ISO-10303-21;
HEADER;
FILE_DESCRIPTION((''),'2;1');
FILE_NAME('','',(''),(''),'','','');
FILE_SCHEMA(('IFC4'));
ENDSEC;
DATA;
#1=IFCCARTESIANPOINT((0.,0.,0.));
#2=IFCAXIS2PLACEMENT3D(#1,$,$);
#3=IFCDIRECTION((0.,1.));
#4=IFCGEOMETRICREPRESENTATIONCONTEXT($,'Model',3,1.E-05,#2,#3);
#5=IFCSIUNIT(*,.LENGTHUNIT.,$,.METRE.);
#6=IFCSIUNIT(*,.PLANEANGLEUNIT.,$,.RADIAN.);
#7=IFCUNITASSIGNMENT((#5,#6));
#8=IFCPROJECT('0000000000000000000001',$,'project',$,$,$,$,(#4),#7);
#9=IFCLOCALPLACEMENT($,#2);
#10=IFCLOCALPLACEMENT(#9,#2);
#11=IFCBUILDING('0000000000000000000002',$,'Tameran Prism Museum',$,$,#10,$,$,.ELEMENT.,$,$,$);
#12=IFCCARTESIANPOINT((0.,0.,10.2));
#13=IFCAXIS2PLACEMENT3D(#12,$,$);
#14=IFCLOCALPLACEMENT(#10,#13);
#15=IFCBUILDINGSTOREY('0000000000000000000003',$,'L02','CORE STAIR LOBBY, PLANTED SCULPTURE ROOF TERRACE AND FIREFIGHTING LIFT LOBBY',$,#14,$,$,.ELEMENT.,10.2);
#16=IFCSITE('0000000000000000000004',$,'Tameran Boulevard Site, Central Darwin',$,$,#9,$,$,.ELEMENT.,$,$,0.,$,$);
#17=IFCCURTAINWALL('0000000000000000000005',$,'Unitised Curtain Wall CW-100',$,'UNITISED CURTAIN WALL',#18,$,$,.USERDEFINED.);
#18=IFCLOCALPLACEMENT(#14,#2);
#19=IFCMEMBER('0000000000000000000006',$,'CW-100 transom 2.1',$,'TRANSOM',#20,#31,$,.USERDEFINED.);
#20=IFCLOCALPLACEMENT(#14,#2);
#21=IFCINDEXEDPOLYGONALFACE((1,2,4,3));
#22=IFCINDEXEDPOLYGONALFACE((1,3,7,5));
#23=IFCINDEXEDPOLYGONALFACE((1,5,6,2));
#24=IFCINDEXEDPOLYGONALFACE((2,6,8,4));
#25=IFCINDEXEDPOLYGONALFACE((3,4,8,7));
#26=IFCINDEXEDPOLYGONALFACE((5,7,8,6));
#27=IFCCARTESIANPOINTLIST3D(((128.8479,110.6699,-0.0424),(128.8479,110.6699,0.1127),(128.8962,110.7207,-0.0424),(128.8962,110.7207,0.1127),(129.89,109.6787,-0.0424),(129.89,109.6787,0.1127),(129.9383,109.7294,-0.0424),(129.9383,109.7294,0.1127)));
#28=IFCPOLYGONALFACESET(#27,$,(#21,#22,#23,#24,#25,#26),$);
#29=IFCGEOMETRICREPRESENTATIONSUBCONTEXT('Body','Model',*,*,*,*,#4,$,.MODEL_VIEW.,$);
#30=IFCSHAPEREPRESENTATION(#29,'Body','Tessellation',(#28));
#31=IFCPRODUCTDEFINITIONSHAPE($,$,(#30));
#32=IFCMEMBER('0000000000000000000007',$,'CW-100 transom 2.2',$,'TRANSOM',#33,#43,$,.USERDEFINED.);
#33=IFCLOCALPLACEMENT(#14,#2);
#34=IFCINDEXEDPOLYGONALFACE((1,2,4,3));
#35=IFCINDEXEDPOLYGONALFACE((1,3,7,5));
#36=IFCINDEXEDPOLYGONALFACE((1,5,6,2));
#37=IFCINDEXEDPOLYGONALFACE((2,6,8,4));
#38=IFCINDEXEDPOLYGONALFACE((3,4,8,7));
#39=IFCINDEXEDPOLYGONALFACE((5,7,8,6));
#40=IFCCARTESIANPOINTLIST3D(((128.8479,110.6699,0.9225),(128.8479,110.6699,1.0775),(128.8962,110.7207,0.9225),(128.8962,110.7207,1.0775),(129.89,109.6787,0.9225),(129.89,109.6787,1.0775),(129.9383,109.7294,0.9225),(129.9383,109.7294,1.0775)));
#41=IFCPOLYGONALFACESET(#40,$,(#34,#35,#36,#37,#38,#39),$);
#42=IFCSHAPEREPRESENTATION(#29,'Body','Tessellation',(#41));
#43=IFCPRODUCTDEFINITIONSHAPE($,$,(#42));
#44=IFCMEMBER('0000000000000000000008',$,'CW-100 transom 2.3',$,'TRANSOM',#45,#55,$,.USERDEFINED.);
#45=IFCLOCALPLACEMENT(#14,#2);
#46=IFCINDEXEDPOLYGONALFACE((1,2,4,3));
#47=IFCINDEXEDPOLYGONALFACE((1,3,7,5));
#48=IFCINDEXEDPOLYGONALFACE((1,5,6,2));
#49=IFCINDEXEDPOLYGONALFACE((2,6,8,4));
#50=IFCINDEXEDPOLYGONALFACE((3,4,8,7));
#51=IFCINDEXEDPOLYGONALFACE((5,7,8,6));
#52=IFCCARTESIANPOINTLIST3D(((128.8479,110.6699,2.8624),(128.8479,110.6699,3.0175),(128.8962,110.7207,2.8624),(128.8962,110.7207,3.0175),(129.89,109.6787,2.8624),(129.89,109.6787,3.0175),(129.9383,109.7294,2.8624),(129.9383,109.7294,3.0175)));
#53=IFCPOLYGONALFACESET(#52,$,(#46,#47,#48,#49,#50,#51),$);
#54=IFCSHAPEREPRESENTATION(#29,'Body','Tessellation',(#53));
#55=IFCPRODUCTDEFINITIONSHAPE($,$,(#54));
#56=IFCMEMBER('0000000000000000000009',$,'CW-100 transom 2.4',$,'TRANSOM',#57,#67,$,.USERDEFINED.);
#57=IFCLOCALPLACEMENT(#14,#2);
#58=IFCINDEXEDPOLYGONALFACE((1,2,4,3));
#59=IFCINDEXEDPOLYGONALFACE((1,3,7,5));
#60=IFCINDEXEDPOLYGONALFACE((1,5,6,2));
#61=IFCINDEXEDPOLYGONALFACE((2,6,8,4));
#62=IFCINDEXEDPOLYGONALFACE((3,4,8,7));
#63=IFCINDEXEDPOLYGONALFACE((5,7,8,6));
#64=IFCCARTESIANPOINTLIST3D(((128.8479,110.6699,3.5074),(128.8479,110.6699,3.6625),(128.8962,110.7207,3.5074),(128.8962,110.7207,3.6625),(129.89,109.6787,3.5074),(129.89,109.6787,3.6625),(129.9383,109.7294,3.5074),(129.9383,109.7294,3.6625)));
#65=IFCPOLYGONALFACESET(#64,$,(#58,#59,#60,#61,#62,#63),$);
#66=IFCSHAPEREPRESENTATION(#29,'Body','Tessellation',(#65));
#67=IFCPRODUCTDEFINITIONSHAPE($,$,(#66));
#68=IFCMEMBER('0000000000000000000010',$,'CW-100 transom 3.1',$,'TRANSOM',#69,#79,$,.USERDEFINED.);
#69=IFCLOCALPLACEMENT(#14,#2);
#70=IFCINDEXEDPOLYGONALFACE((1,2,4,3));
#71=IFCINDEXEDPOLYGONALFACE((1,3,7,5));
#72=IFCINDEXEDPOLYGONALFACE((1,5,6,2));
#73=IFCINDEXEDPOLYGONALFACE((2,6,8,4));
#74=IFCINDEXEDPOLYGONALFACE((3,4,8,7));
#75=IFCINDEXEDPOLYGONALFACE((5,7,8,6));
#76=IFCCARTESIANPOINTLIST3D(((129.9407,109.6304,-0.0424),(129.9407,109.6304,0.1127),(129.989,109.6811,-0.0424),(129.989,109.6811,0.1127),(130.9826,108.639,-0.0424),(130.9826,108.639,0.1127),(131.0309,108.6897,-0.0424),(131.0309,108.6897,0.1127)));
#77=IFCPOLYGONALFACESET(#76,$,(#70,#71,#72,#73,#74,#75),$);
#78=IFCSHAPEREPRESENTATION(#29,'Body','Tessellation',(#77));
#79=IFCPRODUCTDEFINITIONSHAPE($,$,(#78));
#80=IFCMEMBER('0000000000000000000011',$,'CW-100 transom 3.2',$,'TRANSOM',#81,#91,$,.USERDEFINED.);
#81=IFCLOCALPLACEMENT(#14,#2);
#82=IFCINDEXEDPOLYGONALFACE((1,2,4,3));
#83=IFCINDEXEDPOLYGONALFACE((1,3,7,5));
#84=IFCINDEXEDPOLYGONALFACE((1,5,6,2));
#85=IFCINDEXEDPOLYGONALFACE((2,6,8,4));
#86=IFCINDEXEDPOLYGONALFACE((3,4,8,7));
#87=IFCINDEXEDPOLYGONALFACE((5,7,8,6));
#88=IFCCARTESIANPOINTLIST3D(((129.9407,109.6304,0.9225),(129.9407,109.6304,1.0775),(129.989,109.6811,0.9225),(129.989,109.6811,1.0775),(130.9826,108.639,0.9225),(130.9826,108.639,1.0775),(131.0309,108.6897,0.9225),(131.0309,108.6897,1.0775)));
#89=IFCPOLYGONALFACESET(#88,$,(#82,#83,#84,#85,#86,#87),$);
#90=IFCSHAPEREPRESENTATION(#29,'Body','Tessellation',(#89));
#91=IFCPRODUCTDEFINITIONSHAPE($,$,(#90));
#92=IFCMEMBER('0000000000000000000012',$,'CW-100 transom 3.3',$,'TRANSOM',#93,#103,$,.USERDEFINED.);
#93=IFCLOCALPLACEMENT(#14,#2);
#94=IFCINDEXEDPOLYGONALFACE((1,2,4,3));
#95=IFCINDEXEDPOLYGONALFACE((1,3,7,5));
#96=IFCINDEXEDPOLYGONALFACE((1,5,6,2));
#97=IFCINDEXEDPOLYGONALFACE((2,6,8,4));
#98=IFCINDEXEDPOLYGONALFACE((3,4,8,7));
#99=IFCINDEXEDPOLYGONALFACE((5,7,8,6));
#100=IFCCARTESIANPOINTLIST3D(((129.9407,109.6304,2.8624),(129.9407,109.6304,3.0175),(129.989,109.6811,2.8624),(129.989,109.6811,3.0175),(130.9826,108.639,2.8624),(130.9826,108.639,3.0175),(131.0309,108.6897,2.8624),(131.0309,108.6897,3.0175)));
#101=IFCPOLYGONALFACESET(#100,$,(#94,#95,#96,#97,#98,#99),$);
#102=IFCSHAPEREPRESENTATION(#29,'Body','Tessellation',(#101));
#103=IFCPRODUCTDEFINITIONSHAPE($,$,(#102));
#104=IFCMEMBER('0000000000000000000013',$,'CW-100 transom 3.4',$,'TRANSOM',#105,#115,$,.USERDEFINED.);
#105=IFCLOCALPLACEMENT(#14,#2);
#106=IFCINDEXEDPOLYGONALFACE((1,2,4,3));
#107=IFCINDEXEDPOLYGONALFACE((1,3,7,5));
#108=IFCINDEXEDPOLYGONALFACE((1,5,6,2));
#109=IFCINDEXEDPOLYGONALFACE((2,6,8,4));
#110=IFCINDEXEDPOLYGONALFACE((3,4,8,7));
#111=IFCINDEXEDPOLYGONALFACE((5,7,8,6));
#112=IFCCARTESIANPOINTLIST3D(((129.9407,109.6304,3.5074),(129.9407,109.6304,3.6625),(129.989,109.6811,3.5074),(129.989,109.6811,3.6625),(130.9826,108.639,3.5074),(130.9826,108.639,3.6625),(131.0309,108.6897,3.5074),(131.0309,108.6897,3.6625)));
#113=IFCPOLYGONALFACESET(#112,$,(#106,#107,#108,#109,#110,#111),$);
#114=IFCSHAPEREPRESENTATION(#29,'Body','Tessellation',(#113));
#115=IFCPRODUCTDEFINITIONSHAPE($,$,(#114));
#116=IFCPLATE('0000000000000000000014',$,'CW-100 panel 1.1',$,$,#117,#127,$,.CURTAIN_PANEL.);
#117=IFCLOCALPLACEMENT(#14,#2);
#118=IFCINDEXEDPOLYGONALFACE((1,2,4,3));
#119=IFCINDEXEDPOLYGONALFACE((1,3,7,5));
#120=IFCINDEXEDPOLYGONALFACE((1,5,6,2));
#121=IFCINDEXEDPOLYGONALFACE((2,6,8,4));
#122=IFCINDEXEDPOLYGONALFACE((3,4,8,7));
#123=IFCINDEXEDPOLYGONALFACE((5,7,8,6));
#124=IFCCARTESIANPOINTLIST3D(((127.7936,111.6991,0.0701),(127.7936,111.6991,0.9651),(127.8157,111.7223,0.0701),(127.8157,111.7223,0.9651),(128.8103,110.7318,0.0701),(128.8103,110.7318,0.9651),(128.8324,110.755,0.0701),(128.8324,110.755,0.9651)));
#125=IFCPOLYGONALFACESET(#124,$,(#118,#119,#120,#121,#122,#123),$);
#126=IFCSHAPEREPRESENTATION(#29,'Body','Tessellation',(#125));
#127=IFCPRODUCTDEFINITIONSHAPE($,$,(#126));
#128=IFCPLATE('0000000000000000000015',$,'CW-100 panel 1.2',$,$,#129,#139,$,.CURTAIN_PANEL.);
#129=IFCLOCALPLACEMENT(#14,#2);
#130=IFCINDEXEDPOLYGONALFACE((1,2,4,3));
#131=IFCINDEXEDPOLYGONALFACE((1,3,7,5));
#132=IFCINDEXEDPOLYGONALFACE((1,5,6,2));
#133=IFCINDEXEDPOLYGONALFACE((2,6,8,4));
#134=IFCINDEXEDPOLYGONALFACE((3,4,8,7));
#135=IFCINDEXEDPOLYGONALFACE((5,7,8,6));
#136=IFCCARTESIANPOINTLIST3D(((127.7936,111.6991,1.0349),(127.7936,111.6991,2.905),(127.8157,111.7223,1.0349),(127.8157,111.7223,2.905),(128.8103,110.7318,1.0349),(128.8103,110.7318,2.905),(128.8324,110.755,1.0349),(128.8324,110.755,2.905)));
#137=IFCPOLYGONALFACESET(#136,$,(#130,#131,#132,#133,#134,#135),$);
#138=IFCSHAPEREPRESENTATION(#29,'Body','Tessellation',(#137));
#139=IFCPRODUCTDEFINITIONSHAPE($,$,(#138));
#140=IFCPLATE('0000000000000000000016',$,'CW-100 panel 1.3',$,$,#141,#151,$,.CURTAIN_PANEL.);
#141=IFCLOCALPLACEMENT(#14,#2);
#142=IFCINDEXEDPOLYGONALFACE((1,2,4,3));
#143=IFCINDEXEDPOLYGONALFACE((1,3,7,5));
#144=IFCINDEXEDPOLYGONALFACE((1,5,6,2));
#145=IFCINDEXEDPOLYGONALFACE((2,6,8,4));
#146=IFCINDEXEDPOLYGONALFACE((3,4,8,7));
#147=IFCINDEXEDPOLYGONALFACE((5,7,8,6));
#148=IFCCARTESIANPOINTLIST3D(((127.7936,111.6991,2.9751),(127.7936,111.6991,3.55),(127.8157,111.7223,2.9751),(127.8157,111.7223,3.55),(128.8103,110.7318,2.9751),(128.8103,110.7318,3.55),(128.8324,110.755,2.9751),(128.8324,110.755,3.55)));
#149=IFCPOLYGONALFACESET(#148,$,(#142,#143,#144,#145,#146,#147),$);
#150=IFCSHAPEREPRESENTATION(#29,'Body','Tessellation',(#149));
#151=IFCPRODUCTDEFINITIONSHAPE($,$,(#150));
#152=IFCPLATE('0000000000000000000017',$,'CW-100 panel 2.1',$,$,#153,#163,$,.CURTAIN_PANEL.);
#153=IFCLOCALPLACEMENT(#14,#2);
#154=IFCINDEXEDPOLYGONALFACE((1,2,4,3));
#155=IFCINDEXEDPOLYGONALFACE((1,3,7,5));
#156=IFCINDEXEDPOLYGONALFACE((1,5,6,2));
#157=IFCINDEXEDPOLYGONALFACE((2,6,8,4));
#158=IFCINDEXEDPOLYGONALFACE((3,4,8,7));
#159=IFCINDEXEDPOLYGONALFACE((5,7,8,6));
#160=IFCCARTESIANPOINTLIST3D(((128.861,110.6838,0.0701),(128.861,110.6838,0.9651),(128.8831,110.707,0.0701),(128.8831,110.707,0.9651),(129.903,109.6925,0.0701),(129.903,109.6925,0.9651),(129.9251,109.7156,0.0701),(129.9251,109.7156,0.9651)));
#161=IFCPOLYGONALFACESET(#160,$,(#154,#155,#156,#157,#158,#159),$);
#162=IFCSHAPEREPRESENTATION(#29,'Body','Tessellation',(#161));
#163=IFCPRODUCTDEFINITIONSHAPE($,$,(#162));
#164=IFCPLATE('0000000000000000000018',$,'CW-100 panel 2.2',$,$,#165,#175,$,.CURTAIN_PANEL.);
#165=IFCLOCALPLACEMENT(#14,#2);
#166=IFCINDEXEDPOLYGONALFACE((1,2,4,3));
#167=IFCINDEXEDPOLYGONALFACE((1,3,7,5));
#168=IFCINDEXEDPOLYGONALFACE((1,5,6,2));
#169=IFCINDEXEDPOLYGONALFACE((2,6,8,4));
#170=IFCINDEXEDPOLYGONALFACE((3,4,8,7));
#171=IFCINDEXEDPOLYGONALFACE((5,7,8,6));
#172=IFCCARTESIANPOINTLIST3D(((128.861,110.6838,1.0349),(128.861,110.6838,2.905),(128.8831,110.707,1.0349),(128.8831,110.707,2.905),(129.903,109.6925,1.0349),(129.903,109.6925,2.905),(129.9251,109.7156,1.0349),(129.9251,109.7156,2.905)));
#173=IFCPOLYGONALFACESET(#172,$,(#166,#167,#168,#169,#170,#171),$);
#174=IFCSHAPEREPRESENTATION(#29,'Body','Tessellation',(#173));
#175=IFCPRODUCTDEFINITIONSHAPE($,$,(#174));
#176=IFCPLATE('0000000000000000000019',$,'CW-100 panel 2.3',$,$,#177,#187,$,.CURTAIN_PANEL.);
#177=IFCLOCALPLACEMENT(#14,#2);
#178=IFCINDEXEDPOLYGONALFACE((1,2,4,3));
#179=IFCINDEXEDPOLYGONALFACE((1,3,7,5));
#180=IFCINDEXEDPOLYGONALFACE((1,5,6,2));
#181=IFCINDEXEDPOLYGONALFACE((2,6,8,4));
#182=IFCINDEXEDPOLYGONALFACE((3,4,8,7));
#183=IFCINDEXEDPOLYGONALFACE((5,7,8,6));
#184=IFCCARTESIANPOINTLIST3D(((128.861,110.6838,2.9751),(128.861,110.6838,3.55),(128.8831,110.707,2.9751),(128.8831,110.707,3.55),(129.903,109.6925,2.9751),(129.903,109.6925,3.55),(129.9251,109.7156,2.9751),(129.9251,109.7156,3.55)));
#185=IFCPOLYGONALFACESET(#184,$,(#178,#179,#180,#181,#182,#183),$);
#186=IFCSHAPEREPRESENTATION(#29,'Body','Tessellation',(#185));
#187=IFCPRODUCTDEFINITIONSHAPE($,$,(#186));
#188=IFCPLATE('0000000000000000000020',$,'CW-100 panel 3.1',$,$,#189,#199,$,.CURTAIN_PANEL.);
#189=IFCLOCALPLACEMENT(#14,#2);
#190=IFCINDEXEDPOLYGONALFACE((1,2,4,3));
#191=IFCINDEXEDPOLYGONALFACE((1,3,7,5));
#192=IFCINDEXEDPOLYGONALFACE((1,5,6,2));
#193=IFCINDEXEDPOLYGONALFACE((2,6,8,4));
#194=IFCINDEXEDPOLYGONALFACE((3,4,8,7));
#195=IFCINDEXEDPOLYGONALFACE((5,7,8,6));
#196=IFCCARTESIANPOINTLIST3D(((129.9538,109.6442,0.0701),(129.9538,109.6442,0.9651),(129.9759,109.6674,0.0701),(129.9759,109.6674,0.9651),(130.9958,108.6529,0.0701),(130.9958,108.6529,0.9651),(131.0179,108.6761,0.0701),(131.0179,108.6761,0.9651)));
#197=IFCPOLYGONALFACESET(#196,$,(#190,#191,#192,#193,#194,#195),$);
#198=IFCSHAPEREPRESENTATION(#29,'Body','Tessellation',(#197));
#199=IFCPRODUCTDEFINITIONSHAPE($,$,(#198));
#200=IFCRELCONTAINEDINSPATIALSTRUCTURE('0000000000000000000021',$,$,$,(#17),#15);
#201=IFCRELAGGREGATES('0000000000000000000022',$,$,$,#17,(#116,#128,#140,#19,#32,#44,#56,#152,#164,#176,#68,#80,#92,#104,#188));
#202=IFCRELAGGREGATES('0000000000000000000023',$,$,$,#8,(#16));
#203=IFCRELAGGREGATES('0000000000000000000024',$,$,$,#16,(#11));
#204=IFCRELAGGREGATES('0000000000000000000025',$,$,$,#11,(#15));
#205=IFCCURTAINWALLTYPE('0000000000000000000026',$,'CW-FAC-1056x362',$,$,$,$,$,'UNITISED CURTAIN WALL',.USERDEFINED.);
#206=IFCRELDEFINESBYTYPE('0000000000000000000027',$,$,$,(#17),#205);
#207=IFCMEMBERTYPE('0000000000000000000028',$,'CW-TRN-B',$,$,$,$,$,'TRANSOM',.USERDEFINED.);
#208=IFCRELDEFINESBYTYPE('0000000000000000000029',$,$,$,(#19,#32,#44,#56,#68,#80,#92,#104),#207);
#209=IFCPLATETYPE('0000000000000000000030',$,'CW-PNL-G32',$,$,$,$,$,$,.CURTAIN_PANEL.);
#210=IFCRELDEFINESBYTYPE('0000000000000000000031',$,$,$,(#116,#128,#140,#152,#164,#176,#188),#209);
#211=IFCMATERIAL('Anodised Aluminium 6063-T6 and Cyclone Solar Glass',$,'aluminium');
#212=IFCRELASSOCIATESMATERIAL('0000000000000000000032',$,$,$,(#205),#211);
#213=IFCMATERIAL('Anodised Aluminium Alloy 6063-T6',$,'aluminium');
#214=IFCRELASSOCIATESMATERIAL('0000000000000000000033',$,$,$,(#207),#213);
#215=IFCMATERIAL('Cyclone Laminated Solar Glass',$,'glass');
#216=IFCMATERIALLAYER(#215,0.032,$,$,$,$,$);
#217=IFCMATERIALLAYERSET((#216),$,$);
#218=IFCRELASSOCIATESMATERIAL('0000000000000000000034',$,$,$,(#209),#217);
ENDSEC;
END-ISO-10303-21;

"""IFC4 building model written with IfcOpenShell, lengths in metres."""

from ifc_helpers import new_model, si_unit, direction, frame, origin, origin_2d, place, context, subcontext, project, spatial, rectangle, extrude, material, layer, layer_set, material_profile, profile_set, type_object, element, aggregate, save


model = new_model("IFC4")

# Units and contexts
model_context = context("Model", 3, precision=1e-05, world=origin(), true_north=direction((0.0, 1.0)))
body_context = subcontext(model_context, "Body", "Model", "MODEL_VIEW")
ifc_project = project(units=[si_unit("LENGTHUNIT", "METRE"), si_unit("PLANEANGLEUNIT", "RADIAN")], contexts=[model_context])

# Site, building, storey
site_placement = place(None, origin())
site = spatial("IfcSite", under=ifc_project, at=site_placement, Name="Tameran Boulevard Site, Central Darwin", CompositionType="ELEMENT", RefElevation=0.0)
building_placement = place(site_placement, origin())
building = spatial("IfcBuilding", under=site, at=building_placement, Name="Tameran Prism Museum", CompositionType="ELEMENT")
storey_placement = place(building_placement, frame((0.0, 0.0, 10.2)))
storey = spatial("IfcBuildingStorey", under=building, at=storey_placement, Name="L02", Description="CORE STAIR LOBBY, PLANTED SCULPTURE ROOF TERRACE AND FIREFIGHTING LIFT LOBBY", CompositionType="ELEMENT", Elevation=10.2)

# Curtain wall, members, plates
ifc_material_1 = material(Name="Anodised Aluminium 6063-T6 and Cyclone Solar Glass", Category="aluminium")
curtain_wall_type = type_object("IfcCurtainWallType", Name="CW-FAC-1056x362", ElementType="UNITISED CURTAIN WALL", PredefinedType="USERDEFINED", material=ifc_material_1)
curtain_wall_placement = place(storey_placement, origin())
curtain_wall = element("IfcCurtainWall", 1, at=curtain_wall_placement, inside=storey, type_object=curtain_wall_type, Name="Unitised Curtain Wall CW-100", ObjectType="UNITISED CURTAIN WALL", PredefinedType="USERDEFINED")
ifc_material_2 = material(Name="Anodised Aluminium Alloy 6063-T6", Category="aluminium")
ifc_material_profile_1 = material_profile(ifc_material_2, rectangle(XDim=0.0701, YDim=0.155, at=origin_2d()))
ifc_profile_set_1 = profile_set([ifc_material_profile_1])
member_type_1 = type_object("IfcMemberType", Name="CW-TRN-B", ElementType="TRANSOM", PredefinedType="USERDEFINED", material=ifc_profile_set_1)
member_1_placement = place(storey_placement, frame((128.8721, 110.6953, 0.0352), z_axis=(0.724542, -0.689231, 0.0), x_axis=(0.689231, 0.724542, 0.0)))
member_1 = element("IfcMember", 2, at=member_1_placement, type_object=member_type_1, Name="CW-100 transom 2.1", ObjectType="TRANSOM", PredefinedType="USERDEFINED", context=body_context, shape_type="SweptSolid", body=[
    extrude(rectangle(XDim=0.0701, YDim=0.155, at=origin_2d()), origin(), (0.0, 0.0, 1.0), 1.4382),
])
member_2_placement = place(storey_placement, frame((128.8721, 110.6953, 1.0), z_axis=(0.724542, -0.689231, 0.0), x_axis=(0.689231, 0.724542, 0.0)))
member_2 = element("IfcMember", 3, at=member_2_placement, type_object=member_type_1, Name="CW-100 transom 2.2", ObjectType="TRANSOM", PredefinedType="USERDEFINED", context=body_context, shape_type="SweptSolid", body=[
    extrude(rectangle(XDim=0.0701, YDim=0.155, at=origin_2d()), origin(), (0.0, 0.0, 1.0), 1.4382),
])
member_3_placement = place(storey_placement, frame((128.8721, 110.6953, 2.9399), z_axis=(0.724542, -0.689231, 0.0), x_axis=(0.689231, 0.724542, 0.0)))
member_3 = element("IfcMember", 4, at=member_3_placement, type_object=member_type_1, Name="CW-100 transom 2.3", ObjectType="TRANSOM", PredefinedType="USERDEFINED", context=body_context, shape_type="SweptSolid", body=[
    extrude(rectangle(XDim=0.0701, YDim=0.155, at=origin_2d()), origin(), (0.0, 0.0, 1.0), 1.4382),
])
member_4_placement = place(storey_placement, frame((128.8721, 110.6953, 3.585), z_axis=(0.724542, -0.689231, 0.0), x_axis=(0.689231, 0.724542, 0.0)))
member_4 = element("IfcMember", 5, at=member_4_placement, type_object=member_type_1, Name="CW-100 transom 2.4", ObjectType="TRANSOM", PredefinedType="USERDEFINED", context=body_context, shape_type="SweptSolid", body=[
    extrude(rectangle(XDim=0.0701, YDim=0.155, at=origin_2d()), origin(), (0.0, 0.0, 1.0), 1.4382),
])
member_5_placement = place(storey_placement, frame((129.9648, 109.6558, 0.0352), z_axis=(0.724457, -0.68932, 0.0), x_axis=(0.68932, 0.724457, 0.0)))
member_5 = element("IfcMember", 6, at=member_5_placement, type_object=member_type_1, Name="CW-100 transom 3.1", ObjectType="TRANSOM", PredefinedType="USERDEFINED", context=body_context, shape_type="SweptSolid", body=[
    extrude(rectangle(XDim=0.0701, YDim=0.155, at=origin_2d()), origin(), (0.0, 0.0, 1.0), 1.4382),
])
member_6_placement = place(storey_placement, frame((129.9648, 109.6558, 1.0), z_axis=(0.724457, -0.68932, 0.0), x_axis=(0.68932, 0.724457, 0.0)))
member_6 = element("IfcMember", 7, at=member_6_placement, type_object=member_type_1, Name="CW-100 transom 3.2", ObjectType="TRANSOM", PredefinedType="USERDEFINED", context=body_context, shape_type="SweptSolid", body=[
    extrude(rectangle(XDim=0.0701, YDim=0.155, at=origin_2d()), origin(), (0.0, 0.0, 1.0), 1.4382),
])
member_7_placement = place(storey_placement, frame((129.9648, 109.6558, 2.9399), z_axis=(0.724457, -0.68932, 0.0), x_axis=(0.68932, 0.724457, 0.0)))
member_7 = element("IfcMember", 8, at=member_7_placement, type_object=member_type_1, Name="CW-100 transom 3.3", ObjectType="TRANSOM", PredefinedType="USERDEFINED", context=body_context, shape_type="SweptSolid", body=[
    extrude(rectangle(XDim=0.0701, YDim=0.155, at=origin_2d()), origin(), (0.0, 0.0, 1.0), 1.4382),
])
member_8_placement = place(storey_placement, frame((129.9648, 109.6558, 3.585), z_axis=(0.724457, -0.68932, 0.0), x_axis=(0.68932, 0.724457, 0.0)))
member_8 = element("IfcMember", 9, at=member_8_placement, type_object=member_type_1, Name="CW-100 transom 3.4", ObjectType="TRANSOM", PredefinedType="USERDEFINED", context=body_context, shape_type="SweptSolid", body=[
    extrude(rectangle(XDim=0.0701, YDim=0.155, at=origin_2d()), origin(), (0.0, 0.0, 1.0), 1.4382),
])
ifc_material_3 = material(Name="Cyclone Laminated Solar Glass", Category="glass")
ifc_layer_1 = layer(ifc_material_3, 0.032)
ifc_layer_set_1 = layer_set([ifc_layer_1])
plate_type = type_object("IfcPlateType", Name="CW-PNL-G32", PredefinedType="CURTAIN_PANEL", material=ifc_layer_set_1)
plate_1_placement = place(storey_placement, frame((128.313, 111.2271, 0.0701), z_axis=(0.0, 0.0, 1.0), x_axis=(0.724505, -0.68927, 0.0)))
plate_1 = element("IfcPlate", 10, at=plate_1_placement, type_object=plate_type, Name="CW-100 panel 1.1", PredefinedType="CURTAIN_PANEL", context=body_context, shape_type="SweptSolid", body=[
    extrude(rectangle(XDim=1.4033, YDim=0.032, at=origin_2d()), origin(), (0.0, 0.0, 1.0), 0.895),
])
plate_2_placement = place(storey_placement, frame((128.313, 111.2271, 1.0349), z_axis=(0.0, 0.0, 1.0), x_axis=(0.724505, -0.68927, 0.0)))
plate_2 = element("IfcPlate", 11, at=plate_2_placement, type_object=plate_type, Name="CW-100 panel 1.2", PredefinedType="CURTAIN_PANEL", context=body_context, shape_type="SweptSolid", body=[
    extrude(rectangle(XDim=1.4033, YDim=0.032, at=origin_2d()), origin(), (0.0, 0.0, 1.0), 1.8701),
])
plate_3_placement = place(storey_placement, frame((128.313, 111.2271, 2.9751), z_axis=(0.0, 0.0, 1.0), x_axis=(0.724505, -0.68927, 0.0)))
plate_3 = element("IfcPlate", 12, at=plate_3_placement, type_object=plate_type, Name="CW-100 panel 1.3", PredefinedType="CURTAIN_PANEL", context=body_context, shape_type="SweptSolid", body=[
    extrude(rectangle(XDim=1.4033, YDim=0.032, at=origin_2d()), origin(), (0.0, 0.0, 1.0), 0.575),
])
plate_4_placement = place(storey_placement, frame((129.3931, 110.1997, 0.0701), z_axis=(0.0, 0.0, 1.0), x_axis=(0.724505, -0.68927, 0.0)))
plate_4 = element("IfcPlate", 13, at=plate_4_placement, type_object=plate_type, Name="CW-100 panel 2.1", PredefinedType="CURTAIN_PANEL", context=body_context, shape_type="SweptSolid", body=[
    extrude(rectangle(XDim=1.4382, YDim=0.032, at=origin_2d()), origin(), (0.0, 0.0, 1.0), 0.895),
])
plate_5_placement = place(storey_placement, frame((129.3931, 110.1997, 1.0349), z_axis=(0.0, 0.0, 1.0), x_axis=(0.724505, -0.68927, 0.0)))
plate_5 = element("IfcPlate", 14, at=plate_5_placement, type_object=plate_type, Name="CW-100 panel 2.2", PredefinedType="CURTAIN_PANEL", context=body_context, shape_type="SweptSolid", body=[
    extrude(rectangle(XDim=1.4382, YDim=0.032, at=origin_2d()), origin(), (0.0, 0.0, 1.0), 1.8701),
])
plate_6_placement = place(storey_placement, frame((129.3931, 110.1997, 2.9751), z_axis=(0.0, 0.0, 1.0), x_axis=(0.724505, -0.68927, 0.0)))
plate_6 = element("IfcPlate", 15, at=plate_6_placement, type_object=plate_type, Name="CW-100 panel 2.3", PredefinedType="CURTAIN_PANEL", context=body_context, shape_type="SweptSolid", body=[
    extrude(rectangle(XDim=1.4382, YDim=0.032, at=origin_2d()), origin(), (0.0, 0.0, 1.0), 0.575),
])
plate_7_placement = place(storey_placement, frame((130.4858, 109.1602, 0.0701), z_axis=(0.0, 0.0, 1.0), x_axis=(0.724505, -0.68927, 0.0)))
plate_7 = element("IfcPlate", 16, at=plate_7_placement, type_object=plate_type, Name="CW-100 panel 3.1", PredefinedType="CURTAIN_PANEL", context=body_context, shape_type="SweptSolid", body=[
    extrude(rectangle(XDim=1.4382, YDim=0.032, at=origin_2d()), origin(), (0.0, 0.0, 1.0), 0.895),
])
aggregate(curtain_wall, [plate_1, plate_2, plate_3, member_1, member_2, member_3, member_4, plate_4, plate_5, plate_6, member_5, member_6, member_7, member_8, plate_7])

save(model, "model.ifc")
